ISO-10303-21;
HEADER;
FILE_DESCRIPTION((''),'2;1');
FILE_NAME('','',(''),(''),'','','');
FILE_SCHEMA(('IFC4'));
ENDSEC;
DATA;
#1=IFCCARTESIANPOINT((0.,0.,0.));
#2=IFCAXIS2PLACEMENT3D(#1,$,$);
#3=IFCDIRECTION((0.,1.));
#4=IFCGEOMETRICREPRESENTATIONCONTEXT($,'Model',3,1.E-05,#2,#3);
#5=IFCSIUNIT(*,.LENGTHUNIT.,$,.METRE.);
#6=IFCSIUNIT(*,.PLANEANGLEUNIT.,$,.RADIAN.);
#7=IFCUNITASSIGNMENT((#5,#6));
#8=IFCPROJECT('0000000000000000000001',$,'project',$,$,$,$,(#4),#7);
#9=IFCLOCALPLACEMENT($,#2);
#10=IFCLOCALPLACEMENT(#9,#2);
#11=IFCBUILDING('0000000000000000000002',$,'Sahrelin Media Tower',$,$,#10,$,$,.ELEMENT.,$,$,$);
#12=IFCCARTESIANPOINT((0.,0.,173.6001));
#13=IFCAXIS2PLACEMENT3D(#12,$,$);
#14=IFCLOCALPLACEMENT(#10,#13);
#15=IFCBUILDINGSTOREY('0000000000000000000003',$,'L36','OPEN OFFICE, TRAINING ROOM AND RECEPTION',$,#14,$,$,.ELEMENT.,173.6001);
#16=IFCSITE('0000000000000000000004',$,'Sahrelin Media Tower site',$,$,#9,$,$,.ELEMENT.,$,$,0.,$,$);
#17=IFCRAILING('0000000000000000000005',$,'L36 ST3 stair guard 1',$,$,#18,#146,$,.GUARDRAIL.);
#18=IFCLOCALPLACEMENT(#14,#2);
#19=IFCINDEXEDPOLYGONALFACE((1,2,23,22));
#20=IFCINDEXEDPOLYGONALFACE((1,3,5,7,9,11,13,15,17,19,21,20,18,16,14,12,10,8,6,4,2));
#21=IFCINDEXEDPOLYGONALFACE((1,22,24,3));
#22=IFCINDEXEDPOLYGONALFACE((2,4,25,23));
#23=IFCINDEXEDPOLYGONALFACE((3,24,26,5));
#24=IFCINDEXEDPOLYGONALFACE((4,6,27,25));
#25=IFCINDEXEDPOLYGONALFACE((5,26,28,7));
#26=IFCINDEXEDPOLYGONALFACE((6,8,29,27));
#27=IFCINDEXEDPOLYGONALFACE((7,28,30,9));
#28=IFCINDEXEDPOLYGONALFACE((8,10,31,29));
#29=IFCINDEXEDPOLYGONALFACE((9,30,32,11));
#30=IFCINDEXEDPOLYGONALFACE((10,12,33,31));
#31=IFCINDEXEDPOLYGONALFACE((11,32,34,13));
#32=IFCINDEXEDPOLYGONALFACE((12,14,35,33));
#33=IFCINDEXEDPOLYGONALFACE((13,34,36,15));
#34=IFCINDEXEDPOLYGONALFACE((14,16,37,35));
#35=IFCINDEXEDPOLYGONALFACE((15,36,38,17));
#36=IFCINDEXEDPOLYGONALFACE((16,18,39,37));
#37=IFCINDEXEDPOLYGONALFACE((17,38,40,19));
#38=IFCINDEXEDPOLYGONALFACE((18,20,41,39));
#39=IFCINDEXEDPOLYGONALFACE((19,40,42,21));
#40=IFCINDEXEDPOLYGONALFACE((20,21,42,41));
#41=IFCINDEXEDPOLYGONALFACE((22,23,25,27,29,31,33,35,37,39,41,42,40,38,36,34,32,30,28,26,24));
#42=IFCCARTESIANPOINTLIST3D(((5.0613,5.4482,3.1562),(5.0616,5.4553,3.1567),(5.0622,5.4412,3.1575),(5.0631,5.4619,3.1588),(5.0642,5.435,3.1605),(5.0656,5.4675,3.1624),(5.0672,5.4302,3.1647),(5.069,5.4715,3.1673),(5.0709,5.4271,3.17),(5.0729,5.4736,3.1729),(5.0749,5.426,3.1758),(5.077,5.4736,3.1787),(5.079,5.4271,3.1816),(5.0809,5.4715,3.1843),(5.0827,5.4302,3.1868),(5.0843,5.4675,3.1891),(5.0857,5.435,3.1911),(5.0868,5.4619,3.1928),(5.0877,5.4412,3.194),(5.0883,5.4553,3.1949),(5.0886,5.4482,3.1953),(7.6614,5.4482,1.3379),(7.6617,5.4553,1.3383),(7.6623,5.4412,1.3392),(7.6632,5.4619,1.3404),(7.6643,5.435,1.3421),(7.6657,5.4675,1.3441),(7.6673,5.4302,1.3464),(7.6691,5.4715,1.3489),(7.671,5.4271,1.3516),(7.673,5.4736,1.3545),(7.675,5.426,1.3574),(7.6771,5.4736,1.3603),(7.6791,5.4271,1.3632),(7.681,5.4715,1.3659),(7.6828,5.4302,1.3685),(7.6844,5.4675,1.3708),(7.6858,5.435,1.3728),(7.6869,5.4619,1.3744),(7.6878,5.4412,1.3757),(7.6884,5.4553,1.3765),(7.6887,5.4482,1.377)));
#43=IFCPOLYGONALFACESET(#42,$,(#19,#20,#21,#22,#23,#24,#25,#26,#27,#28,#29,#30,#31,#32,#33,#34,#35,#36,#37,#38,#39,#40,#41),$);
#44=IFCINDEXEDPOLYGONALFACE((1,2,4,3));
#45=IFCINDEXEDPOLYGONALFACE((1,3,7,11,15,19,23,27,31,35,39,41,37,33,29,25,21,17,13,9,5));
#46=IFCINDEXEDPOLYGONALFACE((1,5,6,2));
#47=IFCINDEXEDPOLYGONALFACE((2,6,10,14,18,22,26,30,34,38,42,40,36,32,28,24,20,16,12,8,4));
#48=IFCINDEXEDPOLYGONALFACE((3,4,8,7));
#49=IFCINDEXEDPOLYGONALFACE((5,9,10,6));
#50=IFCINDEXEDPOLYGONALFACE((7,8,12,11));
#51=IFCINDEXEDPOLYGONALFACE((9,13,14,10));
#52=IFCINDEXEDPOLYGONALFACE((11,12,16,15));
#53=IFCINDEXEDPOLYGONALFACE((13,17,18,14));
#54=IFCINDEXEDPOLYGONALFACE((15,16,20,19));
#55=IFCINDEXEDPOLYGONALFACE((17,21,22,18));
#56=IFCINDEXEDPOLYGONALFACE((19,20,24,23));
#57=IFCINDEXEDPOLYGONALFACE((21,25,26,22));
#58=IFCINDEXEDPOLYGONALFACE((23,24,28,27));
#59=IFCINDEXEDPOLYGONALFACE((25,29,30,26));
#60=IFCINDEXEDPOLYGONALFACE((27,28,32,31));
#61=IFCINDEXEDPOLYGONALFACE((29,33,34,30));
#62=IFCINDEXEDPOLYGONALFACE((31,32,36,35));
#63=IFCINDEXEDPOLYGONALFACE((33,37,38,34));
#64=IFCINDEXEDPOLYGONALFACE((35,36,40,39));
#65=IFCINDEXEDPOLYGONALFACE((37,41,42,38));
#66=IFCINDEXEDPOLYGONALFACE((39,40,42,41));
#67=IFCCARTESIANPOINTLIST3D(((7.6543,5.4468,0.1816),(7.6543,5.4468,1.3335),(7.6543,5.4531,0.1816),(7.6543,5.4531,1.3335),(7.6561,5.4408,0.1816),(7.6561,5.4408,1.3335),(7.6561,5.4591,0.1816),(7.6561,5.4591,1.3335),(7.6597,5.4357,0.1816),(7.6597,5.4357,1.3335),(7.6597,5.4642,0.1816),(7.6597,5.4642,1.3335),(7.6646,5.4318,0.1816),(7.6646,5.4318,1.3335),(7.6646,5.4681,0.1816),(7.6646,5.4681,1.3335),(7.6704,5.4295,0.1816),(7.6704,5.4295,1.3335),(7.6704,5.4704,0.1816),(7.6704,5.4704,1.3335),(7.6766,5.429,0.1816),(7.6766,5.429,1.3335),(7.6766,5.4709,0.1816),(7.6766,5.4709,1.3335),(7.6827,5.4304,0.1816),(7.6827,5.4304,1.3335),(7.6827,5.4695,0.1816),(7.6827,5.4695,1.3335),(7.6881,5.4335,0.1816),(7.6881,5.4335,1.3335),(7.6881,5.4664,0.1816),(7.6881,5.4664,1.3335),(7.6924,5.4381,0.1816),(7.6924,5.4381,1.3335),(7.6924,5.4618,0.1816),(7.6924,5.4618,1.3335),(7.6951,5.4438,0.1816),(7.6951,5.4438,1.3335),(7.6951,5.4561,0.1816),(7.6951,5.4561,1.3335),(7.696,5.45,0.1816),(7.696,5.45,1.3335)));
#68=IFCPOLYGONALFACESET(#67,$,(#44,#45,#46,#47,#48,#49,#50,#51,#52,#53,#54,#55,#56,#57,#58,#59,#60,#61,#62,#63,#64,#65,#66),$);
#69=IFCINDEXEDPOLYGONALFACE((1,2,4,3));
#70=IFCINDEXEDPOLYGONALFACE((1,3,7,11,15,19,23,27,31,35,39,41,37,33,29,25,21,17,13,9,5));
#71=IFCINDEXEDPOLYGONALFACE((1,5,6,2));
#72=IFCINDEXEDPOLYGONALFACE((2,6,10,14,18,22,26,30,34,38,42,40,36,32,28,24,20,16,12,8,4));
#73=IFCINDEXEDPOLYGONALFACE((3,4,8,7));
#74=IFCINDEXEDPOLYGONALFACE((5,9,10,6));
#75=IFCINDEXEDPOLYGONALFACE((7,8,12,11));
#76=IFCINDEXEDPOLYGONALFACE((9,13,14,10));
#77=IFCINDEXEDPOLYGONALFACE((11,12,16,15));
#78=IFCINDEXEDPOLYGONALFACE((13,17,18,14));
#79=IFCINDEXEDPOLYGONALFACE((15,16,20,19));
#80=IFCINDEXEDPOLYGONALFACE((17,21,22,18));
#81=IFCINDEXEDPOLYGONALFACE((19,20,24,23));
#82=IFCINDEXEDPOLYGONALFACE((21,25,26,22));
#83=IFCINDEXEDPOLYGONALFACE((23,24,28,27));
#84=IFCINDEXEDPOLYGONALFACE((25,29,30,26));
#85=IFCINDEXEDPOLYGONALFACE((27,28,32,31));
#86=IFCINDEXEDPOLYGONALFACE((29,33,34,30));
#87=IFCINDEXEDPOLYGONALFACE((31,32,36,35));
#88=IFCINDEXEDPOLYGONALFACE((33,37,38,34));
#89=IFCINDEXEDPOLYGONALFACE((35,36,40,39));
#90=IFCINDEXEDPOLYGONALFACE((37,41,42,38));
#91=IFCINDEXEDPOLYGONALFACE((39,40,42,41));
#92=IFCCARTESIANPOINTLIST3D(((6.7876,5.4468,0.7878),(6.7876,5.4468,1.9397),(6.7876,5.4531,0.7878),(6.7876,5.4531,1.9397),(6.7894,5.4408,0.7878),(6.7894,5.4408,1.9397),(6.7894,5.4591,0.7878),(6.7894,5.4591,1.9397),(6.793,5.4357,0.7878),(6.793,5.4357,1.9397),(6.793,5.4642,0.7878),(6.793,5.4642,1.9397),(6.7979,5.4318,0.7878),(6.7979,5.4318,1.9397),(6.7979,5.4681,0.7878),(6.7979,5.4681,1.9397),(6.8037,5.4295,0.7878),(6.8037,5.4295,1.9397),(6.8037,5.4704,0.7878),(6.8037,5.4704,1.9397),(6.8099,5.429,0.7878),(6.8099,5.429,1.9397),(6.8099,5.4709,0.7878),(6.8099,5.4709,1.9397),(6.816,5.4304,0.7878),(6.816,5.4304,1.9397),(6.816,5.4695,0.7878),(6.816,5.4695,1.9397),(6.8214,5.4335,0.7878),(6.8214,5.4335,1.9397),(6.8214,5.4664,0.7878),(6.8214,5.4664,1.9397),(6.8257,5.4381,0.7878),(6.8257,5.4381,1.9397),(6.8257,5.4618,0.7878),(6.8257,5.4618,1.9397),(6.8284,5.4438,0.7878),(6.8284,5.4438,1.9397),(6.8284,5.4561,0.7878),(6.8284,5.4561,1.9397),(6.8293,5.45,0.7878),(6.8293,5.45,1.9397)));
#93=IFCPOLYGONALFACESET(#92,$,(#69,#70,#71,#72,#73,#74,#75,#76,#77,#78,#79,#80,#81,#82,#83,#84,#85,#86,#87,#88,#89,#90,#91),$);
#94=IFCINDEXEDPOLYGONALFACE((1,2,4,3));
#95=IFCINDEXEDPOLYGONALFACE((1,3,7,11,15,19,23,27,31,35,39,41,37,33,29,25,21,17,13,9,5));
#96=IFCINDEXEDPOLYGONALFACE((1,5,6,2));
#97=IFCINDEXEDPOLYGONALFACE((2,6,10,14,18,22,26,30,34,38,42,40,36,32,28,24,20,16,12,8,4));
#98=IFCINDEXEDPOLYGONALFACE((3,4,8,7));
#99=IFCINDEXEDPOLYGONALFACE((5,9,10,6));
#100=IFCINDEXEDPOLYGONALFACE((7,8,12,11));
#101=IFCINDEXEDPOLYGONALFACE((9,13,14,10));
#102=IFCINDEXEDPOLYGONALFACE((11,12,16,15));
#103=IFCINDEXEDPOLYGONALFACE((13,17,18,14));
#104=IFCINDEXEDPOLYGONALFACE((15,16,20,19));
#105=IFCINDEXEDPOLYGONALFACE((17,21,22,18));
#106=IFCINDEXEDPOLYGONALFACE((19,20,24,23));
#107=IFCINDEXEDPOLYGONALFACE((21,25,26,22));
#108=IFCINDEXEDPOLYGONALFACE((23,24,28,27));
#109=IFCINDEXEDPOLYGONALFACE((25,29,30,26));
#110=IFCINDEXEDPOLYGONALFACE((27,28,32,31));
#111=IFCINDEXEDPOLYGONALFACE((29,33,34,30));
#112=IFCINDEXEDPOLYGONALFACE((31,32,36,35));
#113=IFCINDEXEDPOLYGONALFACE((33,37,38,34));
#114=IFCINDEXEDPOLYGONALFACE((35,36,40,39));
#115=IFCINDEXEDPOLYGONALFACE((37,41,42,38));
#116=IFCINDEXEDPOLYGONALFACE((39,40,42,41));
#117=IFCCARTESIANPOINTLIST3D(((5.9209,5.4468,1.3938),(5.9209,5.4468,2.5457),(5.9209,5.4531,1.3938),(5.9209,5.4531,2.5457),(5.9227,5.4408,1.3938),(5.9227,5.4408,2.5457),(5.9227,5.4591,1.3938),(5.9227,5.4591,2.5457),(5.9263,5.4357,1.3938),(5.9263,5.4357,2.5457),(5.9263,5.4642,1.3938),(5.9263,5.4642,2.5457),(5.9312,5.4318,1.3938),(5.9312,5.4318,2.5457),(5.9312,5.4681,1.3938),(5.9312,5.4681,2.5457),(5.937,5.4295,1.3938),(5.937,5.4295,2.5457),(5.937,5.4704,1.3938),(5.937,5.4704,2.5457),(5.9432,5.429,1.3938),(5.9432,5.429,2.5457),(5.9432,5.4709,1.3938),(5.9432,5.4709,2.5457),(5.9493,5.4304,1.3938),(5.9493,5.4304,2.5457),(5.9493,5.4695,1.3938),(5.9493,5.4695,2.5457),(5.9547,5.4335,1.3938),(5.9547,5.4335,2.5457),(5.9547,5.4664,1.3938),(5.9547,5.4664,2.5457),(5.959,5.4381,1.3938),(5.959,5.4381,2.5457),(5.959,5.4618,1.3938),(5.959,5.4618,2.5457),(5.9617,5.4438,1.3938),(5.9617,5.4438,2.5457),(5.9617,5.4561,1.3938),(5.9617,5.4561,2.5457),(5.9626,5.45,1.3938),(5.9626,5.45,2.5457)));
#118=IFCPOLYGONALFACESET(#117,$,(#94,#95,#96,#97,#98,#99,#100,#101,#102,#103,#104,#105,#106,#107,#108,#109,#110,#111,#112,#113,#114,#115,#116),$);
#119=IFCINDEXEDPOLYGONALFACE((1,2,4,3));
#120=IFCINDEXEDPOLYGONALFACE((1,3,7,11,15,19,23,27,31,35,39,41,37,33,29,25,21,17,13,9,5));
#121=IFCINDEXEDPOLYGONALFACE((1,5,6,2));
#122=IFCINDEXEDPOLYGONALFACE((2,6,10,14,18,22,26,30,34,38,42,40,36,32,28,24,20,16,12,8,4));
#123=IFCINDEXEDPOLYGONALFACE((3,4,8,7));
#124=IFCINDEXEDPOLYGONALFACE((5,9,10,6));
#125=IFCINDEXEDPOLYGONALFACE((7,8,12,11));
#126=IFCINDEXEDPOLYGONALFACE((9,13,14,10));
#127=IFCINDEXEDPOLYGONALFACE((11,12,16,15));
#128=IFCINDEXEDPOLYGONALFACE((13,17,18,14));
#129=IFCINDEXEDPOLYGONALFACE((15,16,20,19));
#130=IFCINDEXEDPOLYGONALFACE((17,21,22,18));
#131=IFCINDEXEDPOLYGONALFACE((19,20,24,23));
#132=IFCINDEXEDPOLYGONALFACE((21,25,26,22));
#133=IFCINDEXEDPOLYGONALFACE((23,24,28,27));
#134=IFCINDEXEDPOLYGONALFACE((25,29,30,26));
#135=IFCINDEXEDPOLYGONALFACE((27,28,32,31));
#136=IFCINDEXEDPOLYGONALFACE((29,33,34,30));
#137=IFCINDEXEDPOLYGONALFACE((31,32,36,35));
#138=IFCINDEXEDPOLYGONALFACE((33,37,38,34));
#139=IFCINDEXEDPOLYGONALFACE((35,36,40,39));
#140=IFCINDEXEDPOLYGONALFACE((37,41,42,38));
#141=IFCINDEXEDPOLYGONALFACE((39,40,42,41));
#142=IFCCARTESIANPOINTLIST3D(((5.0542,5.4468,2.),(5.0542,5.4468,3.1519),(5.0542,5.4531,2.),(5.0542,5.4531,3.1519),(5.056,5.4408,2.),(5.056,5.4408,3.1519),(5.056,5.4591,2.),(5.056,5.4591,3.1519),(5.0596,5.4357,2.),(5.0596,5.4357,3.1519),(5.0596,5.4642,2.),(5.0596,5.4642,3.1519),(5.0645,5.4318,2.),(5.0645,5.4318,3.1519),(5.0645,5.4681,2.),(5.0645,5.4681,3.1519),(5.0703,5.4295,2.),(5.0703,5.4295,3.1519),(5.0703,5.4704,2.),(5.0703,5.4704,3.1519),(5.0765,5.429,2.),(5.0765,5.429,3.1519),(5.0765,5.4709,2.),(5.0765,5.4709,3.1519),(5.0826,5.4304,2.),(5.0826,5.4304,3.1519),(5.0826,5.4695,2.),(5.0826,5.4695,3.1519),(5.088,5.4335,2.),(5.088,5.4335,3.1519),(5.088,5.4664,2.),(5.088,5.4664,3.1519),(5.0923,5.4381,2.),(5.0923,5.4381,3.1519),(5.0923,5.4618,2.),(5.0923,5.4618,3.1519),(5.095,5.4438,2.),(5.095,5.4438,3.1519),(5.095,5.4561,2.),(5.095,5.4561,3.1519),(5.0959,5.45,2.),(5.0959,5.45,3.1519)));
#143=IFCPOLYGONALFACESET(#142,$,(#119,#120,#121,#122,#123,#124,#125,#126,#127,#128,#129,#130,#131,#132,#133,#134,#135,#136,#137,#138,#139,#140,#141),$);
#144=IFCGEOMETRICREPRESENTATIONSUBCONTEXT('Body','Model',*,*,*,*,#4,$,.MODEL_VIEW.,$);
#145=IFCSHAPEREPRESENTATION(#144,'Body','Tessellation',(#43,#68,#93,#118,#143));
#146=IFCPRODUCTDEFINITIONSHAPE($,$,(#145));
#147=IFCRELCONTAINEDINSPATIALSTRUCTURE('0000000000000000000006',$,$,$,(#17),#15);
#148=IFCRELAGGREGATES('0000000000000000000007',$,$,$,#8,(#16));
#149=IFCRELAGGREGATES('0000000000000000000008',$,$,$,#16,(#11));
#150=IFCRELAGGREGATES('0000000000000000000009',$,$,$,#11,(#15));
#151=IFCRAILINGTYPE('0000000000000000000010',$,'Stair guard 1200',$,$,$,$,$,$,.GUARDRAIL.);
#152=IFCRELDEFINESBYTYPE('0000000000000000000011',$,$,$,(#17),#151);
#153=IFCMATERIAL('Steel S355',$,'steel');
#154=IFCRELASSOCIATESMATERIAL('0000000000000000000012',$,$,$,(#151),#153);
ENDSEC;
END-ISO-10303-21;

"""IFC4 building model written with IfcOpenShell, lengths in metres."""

from ifc_helpers import new_model, si_unit, direction, frame, origin, origin_2d, place, context, subcontext, project, spatial, circle, extrude, material, type_object, element, save


model = new_model("IFC4")

# Units and contexts
model_context = context("Model", 3, precision=1e-05, world=origin(), true_north=direction((0.0, 1.0)))
body_context = subcontext(model_context, "Body", "Model", "MODEL_VIEW")
ifc_project = project(units=[si_unit("LENGTHUNIT", "METRE"), si_unit("PLANEANGLEUNIT", "RADIAN")], contexts=[model_context])

# Site, building, storey
site_placement = place(None, origin())
site = spatial("IfcSite", under=ifc_project, at=site_placement, Name="Sahrelin Media Tower site", CompositionType="ELEMENT", RefElevation=0.0)
building_placement = place(site_placement, origin())
building = spatial("IfcBuilding", under=site, at=building_placement, Name="Sahrelin Media Tower", CompositionType="ELEMENT")
storey_placement = place(building_placement, frame((0.0, 0.0, 173.6001)))
storey = spatial("IfcBuildingStorey", under=building, at=storey_placement, Name="L36", Description="OPEN OFFICE, TRAINING ROOM AND RECEPTION", CompositionType="ELEMENT", Elevation=173.6001)

# Shared definitions
ifc_material_1 = material(Name="Steel S355", Category="steel")

# Railing
railing_type_1 = type_object("IfcRailingType", Name="Stair guard 1200", PredefinedType="GUARDRAIL", material=ifc_material_1)
railing_1_placement = place(storey_placement, frame((7.675, 5.45, 0.1816)))
element("IfcRailing", 1, at=railing_1_placement, inside=storey, type_object=railing_type_1, Name="L36 ST3 stair guard 1", PredefinedType="GUARDRAIL", context=body_context, shape_type="SweptSolid", body=[
    extrude(circle(Radius=0.0239, at=origin_2d()), frame((0.0, 0.0, 1.1758), z_axis=(-0.819485, 0.0, 0.573101), x_axis=(0.0, -1.0, 0.0)), (0.0, 0.0, 1.0), 3.1729),
    extrude(circle(Radius=0.021, at=origin_2d()), origin(), (0.0, 0.0, 1.0), 1.1519),
    extrude(circle(Radius=0.021, at=origin_2d()), frame((-0.8667, 0.0, 0.6062)), (0.0, 0.0, 1.0), 1.1519),
    extrude(circle(Radius=0.021, at=origin_2d()), frame((-1.7334, 0.0, 1.2122)), (0.0, 0.0, 1.0), 1.1519),
    extrude(circle(Radius=0.021, at=origin_2d()), frame((-2.6001, 0.0, 1.8184)), (0.0, 0.0, 1.0), 1.1519),
])

save(model, "model.ifc")
